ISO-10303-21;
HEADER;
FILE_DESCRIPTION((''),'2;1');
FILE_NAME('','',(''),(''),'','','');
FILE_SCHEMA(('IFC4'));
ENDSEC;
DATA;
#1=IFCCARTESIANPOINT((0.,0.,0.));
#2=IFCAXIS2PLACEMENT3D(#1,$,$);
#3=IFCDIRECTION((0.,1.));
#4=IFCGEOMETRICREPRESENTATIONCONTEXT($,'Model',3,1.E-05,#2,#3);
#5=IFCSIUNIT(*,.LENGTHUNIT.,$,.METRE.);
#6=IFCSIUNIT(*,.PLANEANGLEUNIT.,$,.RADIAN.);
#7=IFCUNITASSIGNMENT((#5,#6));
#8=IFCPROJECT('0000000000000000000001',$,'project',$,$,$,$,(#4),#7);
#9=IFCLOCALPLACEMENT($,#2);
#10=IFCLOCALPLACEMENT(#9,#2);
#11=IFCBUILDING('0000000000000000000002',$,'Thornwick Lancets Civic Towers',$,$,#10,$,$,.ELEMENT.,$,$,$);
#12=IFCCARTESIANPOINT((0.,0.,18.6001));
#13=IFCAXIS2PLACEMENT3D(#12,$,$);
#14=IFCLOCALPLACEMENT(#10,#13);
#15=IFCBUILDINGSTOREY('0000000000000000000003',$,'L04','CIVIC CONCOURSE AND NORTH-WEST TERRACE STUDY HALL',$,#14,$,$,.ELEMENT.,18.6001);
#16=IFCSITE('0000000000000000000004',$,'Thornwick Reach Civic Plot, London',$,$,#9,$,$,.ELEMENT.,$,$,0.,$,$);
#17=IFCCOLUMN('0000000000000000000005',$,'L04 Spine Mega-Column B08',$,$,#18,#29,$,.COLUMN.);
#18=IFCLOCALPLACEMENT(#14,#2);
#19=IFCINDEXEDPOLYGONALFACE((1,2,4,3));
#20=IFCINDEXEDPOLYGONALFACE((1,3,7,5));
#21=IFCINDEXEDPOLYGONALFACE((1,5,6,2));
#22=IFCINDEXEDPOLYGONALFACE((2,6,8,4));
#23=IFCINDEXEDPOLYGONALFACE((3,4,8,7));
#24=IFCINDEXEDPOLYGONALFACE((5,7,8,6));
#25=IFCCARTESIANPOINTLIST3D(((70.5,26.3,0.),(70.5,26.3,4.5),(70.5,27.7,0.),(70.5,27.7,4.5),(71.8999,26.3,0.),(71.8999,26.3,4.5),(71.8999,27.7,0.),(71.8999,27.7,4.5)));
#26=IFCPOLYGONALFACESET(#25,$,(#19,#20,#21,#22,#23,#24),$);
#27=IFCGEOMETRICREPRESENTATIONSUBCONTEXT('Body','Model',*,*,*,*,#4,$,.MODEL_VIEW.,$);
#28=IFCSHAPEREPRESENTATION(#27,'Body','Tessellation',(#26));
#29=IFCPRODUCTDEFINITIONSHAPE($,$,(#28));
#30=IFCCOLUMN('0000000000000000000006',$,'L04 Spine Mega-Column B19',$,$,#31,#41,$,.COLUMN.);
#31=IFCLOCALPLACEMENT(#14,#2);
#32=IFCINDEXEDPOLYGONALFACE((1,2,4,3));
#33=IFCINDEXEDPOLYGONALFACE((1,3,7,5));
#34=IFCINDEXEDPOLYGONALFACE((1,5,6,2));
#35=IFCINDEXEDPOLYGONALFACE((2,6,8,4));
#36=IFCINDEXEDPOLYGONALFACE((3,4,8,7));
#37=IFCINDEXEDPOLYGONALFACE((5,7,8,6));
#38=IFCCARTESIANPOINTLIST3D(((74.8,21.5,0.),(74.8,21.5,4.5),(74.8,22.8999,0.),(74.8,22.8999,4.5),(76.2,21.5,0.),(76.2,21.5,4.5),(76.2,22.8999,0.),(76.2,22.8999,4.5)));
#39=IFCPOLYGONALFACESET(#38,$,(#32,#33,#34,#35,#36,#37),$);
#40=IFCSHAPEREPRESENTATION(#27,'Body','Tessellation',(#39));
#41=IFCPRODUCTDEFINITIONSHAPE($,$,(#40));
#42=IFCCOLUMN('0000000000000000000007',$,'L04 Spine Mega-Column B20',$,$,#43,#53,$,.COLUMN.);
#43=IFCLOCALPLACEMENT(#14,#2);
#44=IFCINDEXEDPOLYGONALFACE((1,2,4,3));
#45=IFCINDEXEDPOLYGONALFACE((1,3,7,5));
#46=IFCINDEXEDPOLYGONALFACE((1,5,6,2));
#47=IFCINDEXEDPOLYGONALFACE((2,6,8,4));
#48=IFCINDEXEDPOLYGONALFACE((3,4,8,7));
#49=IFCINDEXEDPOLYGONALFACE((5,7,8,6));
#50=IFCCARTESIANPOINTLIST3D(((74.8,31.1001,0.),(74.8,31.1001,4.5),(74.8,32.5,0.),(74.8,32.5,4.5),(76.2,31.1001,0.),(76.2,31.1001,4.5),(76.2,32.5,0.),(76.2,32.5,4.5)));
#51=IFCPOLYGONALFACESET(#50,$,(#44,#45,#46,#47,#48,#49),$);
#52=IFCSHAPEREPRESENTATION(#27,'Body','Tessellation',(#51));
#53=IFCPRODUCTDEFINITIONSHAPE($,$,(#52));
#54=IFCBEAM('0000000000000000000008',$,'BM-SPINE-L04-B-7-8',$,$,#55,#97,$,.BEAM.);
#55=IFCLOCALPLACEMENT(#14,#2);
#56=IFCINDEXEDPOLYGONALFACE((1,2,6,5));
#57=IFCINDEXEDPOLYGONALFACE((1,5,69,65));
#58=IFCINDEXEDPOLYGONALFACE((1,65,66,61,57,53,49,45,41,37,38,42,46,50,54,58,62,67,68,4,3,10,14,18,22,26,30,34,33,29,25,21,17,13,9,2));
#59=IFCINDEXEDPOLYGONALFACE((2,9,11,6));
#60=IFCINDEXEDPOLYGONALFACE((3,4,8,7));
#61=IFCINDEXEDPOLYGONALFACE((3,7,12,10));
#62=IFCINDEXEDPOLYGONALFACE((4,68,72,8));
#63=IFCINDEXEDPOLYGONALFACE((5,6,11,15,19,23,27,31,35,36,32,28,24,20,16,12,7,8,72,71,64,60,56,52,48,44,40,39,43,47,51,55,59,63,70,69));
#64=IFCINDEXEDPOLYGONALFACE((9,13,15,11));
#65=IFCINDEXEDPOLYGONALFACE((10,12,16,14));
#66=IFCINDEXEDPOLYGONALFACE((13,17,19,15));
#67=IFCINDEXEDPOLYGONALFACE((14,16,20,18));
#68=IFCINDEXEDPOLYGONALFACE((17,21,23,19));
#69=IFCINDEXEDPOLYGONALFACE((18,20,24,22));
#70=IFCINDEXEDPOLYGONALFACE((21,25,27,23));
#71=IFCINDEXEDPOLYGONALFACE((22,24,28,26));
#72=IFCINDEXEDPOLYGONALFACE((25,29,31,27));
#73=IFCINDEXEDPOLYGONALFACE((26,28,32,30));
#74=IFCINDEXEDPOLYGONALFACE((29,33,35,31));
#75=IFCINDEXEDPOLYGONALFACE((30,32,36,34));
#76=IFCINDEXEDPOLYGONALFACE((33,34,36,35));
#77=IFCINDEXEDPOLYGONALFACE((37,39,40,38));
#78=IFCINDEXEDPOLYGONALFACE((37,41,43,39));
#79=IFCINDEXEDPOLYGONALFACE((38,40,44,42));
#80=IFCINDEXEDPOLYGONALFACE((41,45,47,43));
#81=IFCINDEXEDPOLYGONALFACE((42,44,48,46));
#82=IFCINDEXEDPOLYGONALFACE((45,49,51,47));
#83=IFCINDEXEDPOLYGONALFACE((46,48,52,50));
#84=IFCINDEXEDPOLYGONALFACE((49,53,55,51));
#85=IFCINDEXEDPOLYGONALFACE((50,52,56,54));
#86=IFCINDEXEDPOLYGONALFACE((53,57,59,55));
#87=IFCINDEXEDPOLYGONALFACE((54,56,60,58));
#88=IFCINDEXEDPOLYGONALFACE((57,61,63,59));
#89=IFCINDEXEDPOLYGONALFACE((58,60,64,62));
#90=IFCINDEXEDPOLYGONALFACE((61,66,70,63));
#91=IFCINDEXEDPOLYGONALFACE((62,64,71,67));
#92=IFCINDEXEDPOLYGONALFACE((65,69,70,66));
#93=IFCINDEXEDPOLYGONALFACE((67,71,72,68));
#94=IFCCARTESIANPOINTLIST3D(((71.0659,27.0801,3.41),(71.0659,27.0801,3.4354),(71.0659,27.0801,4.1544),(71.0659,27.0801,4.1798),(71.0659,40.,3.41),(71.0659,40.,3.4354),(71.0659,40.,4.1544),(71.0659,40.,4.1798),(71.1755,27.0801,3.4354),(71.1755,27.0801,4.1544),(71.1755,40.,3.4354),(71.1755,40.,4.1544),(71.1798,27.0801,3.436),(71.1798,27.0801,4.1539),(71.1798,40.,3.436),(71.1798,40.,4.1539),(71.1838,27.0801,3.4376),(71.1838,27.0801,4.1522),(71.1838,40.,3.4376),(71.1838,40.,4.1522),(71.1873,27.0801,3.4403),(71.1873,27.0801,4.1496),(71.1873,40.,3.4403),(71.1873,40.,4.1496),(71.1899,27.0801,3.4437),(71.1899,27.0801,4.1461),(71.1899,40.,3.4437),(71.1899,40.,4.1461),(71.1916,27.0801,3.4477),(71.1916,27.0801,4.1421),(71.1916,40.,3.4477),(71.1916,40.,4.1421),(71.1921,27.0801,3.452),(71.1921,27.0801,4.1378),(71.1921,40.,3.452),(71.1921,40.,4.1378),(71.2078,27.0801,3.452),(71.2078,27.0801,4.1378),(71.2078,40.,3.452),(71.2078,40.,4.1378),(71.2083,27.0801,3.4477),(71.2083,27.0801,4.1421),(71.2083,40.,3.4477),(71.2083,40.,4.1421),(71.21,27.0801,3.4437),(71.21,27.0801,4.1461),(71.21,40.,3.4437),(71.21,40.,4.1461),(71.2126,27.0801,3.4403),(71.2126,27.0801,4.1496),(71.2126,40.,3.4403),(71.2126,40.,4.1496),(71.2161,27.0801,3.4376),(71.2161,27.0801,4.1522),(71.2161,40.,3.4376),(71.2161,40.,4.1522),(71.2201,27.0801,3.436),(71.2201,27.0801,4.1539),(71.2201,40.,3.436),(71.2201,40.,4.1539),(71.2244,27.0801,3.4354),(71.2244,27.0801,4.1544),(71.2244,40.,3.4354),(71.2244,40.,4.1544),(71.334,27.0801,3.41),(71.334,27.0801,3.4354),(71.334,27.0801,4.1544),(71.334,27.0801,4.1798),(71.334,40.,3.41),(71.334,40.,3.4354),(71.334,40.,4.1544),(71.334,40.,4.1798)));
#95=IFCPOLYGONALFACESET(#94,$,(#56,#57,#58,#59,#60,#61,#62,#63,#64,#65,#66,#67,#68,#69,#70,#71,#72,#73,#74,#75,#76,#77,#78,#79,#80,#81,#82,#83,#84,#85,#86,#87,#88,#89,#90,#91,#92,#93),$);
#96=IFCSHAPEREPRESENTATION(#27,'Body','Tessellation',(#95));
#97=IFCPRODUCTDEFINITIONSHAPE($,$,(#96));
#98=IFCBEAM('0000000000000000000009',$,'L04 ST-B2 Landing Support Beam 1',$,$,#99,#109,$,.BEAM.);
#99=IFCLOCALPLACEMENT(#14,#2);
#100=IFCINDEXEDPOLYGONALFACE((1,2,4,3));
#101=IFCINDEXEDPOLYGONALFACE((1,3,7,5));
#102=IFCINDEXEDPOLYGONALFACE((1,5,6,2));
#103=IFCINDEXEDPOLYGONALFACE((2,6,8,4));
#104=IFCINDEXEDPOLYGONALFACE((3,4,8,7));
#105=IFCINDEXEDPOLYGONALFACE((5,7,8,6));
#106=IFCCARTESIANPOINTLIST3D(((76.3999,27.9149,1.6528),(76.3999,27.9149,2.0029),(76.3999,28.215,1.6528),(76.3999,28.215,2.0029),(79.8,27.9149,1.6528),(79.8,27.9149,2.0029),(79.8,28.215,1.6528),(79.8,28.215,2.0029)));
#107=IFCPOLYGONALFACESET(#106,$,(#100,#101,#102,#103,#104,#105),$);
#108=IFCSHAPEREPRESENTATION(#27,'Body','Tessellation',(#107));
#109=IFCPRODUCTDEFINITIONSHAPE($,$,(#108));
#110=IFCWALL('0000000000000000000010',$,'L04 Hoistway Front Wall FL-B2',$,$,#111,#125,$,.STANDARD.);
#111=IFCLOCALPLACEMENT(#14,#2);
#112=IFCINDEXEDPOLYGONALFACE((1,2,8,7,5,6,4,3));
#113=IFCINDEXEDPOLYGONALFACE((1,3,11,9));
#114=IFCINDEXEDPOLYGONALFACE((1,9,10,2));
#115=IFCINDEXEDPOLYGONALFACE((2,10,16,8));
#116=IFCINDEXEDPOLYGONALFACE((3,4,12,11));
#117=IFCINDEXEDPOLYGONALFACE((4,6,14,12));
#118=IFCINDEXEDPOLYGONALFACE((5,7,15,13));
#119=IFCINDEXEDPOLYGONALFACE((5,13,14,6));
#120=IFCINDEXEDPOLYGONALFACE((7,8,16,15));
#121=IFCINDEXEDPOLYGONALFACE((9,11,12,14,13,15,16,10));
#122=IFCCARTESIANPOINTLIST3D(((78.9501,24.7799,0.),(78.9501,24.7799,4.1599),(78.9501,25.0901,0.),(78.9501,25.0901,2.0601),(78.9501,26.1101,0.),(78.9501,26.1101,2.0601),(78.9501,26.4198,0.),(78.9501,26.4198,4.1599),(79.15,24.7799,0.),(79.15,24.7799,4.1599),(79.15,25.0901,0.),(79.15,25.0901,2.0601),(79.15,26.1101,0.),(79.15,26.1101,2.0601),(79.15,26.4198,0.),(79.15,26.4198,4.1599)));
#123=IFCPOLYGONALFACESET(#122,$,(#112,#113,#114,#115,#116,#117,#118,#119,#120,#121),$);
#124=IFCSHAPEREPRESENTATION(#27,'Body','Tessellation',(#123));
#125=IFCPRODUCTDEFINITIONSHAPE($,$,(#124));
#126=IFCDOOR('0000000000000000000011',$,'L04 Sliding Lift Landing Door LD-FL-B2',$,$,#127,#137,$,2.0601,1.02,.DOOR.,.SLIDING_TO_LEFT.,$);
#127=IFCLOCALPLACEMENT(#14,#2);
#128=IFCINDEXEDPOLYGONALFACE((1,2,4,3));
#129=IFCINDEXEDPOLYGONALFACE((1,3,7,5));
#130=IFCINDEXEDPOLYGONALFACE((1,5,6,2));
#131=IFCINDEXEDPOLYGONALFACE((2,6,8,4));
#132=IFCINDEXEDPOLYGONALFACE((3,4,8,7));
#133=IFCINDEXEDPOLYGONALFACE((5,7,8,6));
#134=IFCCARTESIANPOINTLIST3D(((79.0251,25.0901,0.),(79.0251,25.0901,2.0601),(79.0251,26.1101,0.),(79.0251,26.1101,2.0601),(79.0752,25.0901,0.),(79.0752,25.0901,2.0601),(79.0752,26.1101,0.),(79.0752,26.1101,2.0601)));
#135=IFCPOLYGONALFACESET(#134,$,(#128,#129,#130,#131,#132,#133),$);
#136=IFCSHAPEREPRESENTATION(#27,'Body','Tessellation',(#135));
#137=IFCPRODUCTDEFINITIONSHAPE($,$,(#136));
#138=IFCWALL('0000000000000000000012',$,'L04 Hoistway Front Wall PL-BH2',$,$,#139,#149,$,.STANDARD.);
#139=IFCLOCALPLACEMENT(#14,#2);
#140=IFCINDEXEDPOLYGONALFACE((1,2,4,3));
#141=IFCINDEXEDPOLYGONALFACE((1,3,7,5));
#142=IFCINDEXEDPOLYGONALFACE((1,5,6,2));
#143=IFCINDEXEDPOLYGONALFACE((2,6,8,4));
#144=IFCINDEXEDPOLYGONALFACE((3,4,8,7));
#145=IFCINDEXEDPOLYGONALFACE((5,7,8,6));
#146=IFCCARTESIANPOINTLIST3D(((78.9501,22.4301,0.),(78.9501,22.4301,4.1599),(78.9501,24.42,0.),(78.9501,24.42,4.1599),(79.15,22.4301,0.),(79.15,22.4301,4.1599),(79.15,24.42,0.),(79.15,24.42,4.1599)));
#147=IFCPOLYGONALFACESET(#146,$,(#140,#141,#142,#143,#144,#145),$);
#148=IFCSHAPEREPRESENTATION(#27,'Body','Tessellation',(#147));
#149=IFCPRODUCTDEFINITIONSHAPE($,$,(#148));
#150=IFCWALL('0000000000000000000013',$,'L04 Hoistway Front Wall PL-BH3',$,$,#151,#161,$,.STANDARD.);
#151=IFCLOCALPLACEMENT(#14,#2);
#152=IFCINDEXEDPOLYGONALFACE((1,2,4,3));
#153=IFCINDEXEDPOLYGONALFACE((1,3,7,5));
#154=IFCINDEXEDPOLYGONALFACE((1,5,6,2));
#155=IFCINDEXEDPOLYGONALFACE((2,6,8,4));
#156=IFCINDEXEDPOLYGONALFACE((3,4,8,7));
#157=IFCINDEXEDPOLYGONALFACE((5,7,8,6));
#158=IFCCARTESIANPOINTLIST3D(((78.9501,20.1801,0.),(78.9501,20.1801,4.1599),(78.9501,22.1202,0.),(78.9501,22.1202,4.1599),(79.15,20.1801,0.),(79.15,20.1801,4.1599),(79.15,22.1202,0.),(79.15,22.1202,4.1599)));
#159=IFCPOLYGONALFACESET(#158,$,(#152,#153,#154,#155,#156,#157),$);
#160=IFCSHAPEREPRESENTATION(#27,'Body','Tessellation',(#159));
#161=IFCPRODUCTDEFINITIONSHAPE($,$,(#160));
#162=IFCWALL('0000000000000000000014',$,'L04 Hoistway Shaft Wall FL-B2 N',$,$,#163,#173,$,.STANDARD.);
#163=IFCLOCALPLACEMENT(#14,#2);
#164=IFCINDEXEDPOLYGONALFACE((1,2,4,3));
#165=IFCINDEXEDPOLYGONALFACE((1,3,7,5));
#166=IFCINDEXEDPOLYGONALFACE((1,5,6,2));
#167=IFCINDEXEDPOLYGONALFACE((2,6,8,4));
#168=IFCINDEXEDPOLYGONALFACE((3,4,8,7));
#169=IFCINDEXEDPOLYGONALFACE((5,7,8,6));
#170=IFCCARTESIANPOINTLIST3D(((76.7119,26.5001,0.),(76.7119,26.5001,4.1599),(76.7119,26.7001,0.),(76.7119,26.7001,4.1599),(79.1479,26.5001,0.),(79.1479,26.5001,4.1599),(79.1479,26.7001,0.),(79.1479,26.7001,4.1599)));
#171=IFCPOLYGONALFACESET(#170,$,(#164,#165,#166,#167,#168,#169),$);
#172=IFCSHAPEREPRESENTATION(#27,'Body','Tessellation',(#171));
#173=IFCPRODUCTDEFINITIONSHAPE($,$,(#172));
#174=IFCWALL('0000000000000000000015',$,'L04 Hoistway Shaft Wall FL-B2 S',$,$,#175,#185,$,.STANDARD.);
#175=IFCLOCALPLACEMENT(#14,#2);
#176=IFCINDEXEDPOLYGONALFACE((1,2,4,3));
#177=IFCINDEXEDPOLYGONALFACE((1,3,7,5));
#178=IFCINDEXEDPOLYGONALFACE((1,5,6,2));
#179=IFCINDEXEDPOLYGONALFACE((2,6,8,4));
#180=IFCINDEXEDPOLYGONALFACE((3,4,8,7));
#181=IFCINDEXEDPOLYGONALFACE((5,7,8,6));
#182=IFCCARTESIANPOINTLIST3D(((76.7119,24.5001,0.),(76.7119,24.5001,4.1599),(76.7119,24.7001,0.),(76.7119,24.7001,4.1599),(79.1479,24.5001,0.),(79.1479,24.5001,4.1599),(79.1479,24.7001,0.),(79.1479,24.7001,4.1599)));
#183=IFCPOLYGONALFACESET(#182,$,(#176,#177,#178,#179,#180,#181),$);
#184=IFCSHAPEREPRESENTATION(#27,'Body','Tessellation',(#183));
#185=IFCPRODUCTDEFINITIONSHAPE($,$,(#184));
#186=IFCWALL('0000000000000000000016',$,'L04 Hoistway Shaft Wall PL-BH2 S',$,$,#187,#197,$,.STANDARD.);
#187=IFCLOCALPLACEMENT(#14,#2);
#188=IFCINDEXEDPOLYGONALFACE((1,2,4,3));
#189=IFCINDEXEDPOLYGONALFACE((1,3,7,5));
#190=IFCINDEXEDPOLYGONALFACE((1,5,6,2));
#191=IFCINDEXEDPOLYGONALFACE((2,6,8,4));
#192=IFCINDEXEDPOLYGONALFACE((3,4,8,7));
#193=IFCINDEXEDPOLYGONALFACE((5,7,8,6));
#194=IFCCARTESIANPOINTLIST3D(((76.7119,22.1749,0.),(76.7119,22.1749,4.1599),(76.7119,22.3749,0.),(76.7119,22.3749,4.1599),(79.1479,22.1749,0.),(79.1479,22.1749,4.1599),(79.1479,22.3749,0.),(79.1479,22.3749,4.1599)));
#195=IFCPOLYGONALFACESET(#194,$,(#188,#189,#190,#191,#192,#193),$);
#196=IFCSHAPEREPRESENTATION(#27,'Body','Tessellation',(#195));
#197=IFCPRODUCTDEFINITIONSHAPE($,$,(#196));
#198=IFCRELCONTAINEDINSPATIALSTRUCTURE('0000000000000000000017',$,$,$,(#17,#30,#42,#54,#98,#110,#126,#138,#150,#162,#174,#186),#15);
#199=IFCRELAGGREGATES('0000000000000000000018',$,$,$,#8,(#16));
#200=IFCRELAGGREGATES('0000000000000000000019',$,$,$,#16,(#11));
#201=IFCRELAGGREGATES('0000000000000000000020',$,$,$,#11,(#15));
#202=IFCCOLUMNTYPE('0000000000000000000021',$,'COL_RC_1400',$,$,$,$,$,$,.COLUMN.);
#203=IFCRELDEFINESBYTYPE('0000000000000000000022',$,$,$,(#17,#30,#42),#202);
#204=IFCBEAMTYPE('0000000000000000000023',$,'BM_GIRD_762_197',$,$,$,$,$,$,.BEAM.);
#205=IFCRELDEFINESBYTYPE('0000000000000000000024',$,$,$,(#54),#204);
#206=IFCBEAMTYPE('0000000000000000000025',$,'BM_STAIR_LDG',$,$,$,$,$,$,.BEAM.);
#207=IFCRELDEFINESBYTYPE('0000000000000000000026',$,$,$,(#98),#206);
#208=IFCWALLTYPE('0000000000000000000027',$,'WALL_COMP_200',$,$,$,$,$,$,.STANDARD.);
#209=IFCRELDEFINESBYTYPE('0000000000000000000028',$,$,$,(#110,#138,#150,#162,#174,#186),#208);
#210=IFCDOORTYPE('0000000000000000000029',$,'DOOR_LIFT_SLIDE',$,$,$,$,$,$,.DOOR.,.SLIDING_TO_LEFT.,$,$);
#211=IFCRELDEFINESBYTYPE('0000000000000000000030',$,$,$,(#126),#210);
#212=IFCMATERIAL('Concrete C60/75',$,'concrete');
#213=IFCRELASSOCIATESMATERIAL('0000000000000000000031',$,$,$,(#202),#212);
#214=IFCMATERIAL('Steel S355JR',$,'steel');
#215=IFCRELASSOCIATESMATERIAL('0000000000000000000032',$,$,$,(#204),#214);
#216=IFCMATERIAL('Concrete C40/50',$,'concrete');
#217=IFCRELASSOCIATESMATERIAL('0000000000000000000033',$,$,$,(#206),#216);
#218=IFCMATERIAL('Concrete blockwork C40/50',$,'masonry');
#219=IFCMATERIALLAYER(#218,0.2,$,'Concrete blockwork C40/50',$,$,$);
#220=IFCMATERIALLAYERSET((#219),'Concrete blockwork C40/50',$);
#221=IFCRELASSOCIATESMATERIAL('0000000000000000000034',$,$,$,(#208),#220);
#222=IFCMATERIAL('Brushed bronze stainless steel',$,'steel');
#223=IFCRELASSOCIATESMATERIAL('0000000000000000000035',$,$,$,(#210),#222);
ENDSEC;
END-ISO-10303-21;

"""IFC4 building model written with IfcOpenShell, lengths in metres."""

from ifc_helpers import new_model, si_unit, direction, frame, frame_2d, origin, origin_2d, place, context, subcontext, project, spatial, rectangle, i_section, extrude, material, layer, layer_set, material_profile, profile_set, type_object, element, fill, save


model = new_model("IFC4")

# Units and contexts
model_context = context("Model", 3, precision=1e-05, world=origin(), true_north=direction((0.0, 1.0)))
body_context = subcontext(model_context, "Body", "Model", "MODEL_VIEW")
ifc_project = project(units=[si_unit("LENGTHUNIT", "METRE"), si_unit("PLANEANGLEUNIT", "RADIAN")], contexts=[model_context])

# Site, building, storey
site_placement = place(None, origin())
site = spatial("IfcSite", under=ifc_project, at=site_placement, Name="Thornwick Reach Civic Plot, London", CompositionType="ELEMENT", RefElevation=0.0)
building_placement = place(site_placement, origin())
building = spatial("IfcBuilding", under=site, at=building_placement, Name="Thornwick Lancets Civic Towers", CompositionType="ELEMENT")
storey_placement = place(building_placement, frame((0.0, 0.0, 18.6001)))
storey = spatial("IfcBuildingStorey", under=building, at=storey_placement, Name="L04", Description="CIVIC CONCOURSE AND NORTH-WEST TERRACE STUDY HALL", CompositionType="ELEMENT", Elevation=18.6001)

# Columns
ifc_material_1 = material(Name="Concrete C60/75", Category="concrete")
ifc_material_profile_1 = material_profile(ifc_material_1, rectangle(XDim=1.3999, YDim=1.3999, at=origin_2d()), Name="RC 1400x1400")
ifc_profile_set_1 = profile_set([ifc_material_profile_1], Name="Concrete C60/75")
column_type = type_object("IfcColumnType", Name="COL_RC_1400", PredefinedType="COLUMN", material=ifc_profile_set_1)
for number, where, z_axis, x_axis, name in (
    (1, (71.2, 27.0, 0.0), (0.0, 0.0, 1.0), (1.0, 0.0, 0.0), "L04 Spine Mega-Column B08"),
    (2, (75.5, 22.2, 0.0), (0.0, 0.0, 1.0), (1.0, 0.0, 0.0), "L04 Spine Mega-Column B19"),
    (3, (75.5, 31.8, 0.0), (0.0, 0.0, 1.0), (1.0, 0.0, 0.0), "L04 Spine Mega-Column B20"),
):
    element("IfcColumn", number, at=place(storey_placement, frame(where, z_axis=z_axis, x_axis=x_axis)), inside=storey, type_object=column_type, Name=name, PredefinedType="COLUMN", context=body_context, shape_type="SweptSolid", body=[
        extrude(rectangle(XDim=1.3999, YDim=1.3999, at=origin_2d()), origin(), (0.0, 0.0, 1.0), 4.5),
    ])

# Beams
ifc_material_2 = material(Name="Steel S355JR", Category="steel")
ifc_material_profile_2 = material_profile(ifc_material_2, i_section(OverallWidth=0.2681, OverallDepth=0.7698, WebThickness=0.0156, FlangeThickness=0.0254, FilletRadius=0.0166, at=origin_2d()), Name="UKB 762x267x197")
ifc_profile_set_2 = profile_set([ifc_material_profile_2], Name="Steel S355JR")
beam_type_1 = type_object("IfcBeamType", Name="BM_GIRD_762_197", PredefinedType="BEAM", material=ifc_profile_set_2)
beam_1_placement = place(storey_placement, frame((71.2, 27.0801, 3.7949), z_axis=(0.0, 1.0, 0.0), x_axis=(-1.0, 0.0, 0.0)))
element("IfcBeam", 4, at=beam_1_placement, inside=storey, type_object=beam_type_1, Name="BM-SPINE-L04-B-7-8", PredefinedType="BEAM", context=body_context, shape_type="SweptSolid", body=[
    extrude(i_section(OverallWidth=0.2681, OverallDepth=0.7698, WebThickness=0.0156, FlangeThickness=0.0254, FilletRadius=0.0166, at=origin_2d()), origin(), (0.0, 0.0, 1.0), 12.9199),
])
ifc_material_3 = material(Name="Concrete C40/50", Category="concrete")
ifc_material_profile_3 = material_profile(ifc_material_3, rectangle(XDim=0.3, YDim=0.3501, at=origin_2d()), Name="RC 300x350")
ifc_profile_set_3 = profile_set([ifc_material_profile_3], Name="Concrete C40/50")
beam_type_2 = type_object("IfcBeamType", Name="BM_STAIR_LDG", PredefinedType="BEAM", material=ifc_profile_set_3)
beam_2_placement = place(storey_placement, frame((76.3999, 28.0649, 1.8279), z_axis=(1.0, 0.0, 0.0), x_axis=(0.0, 1.0, 0.0)))
element("IfcBeam", 5, at=beam_2_placement, inside=storey, type_object=beam_type_2, Name="L04 ST-B2 Landing Support Beam 1", PredefinedType="BEAM", context=body_context, shape_type="SweptSolid", body=[
    extrude(rectangle(XDim=0.3, YDim=0.3501, at=origin_2d()), origin(), (0.0, 0.0, 1.0), 3.4001),
])

# Wall, opening, door
ifc_material_4 = material(Name="Concrete blockwork C40/50", Category="masonry")
ifc_layer_1 = layer(ifc_material_4, 0.2, Name="Concrete blockwork C40/50")
ifc_layer_set_1 = layer_set([ifc_layer_1], Name="Concrete blockwork C40/50")
wall_type_1 = type_object("IfcWallType", Name="WALL_COMP_200", PredefinedType="STANDARD", material=ifc_layer_set_1)
wall_1_placement = place(storey_placement, frame((79.05, 24.78, 0.0), z_axis=(0.0, 0.0, 1.0), x_axis=(0.0, 1.0, 0.0)))
wall_1 = element("IfcWall", 6, at=wall_1_placement, inside=storey, type_object=wall_type_1, Name="L04 Hoistway Front Wall FL-B2", PredefinedType="STANDARD", context=body_context, shape_type="SweptSolid", body=[
    extrude(rectangle(XDim=1.6399, YDim=0.2, at=frame_2d((0.8198, 0.0))), origin(), (0.0, 0.0, 1.0), 4.1599),
])
opening_1_placement = place(wall_1_placement, frame((0.3101, 0.0, 0.0)))
opening_1 = element("IfcOpeningElement", 7, at=opening_1_placement, cuts=wall_1, PredefinedType="OPENING", context=body_context, shape_type="SweptSolid", body=[
    extrude(rectangle(XDim=1.02, YDim=2.0601, at=frame_2d((0.51, 1.03))), frame((0.0, 0.1099, 0.0), z_axis=(0.0, -1.0, 0.0), x_axis=(1.0, 0.0, 0.0)), (0.0, 0.0, 1.0), 0.22),
])
ifc_material_5 = material(Name="Brushed bronze stainless steel", Category="steel")
door_type_1 = type_object("IfcDoorType", Name="DOOR_LIFT_SLIDE", OperationType="SLIDING_TO_LEFT", PredefinedType="DOOR", material=ifc_material_5)
door_1_placement = place(opening_1_placement, origin())
door_1 = element("IfcDoor", 8, at=door_1_placement, inside=storey, type_object=door_type_1, Name="L04 Sliding Lift Landing Door LD-FL-B2", OperationType="SLIDING_TO_LEFT", OverallHeight=2.0601, OverallWidth=1.02, PredefinedType="DOOR", context=body_context, shape_type="SweptSolid", body=[
    extrude(rectangle(XDim=1.02, YDim=2.0601, at=frame_2d((0.51, 1.03))), frame((0.0, 0.0249, 0.0), z_axis=(0.0, -1.0, 0.0), x_axis=(1.0, 0.0, 0.0)), (0.0, 0.0, 1.0), 0.05),
])
fill(opening_1, door_1)

# Walls
wall_2_placement = place(storey_placement, frame((79.05, 22.4299, 0.0), z_axis=(0.0, 0.0, 1.0), x_axis=(0.0, 1.0, 0.0)))
element("IfcWall", 9, at=wall_2_placement, inside=storey, type_object=wall_type_1, Name="L04 Hoistway Front Wall PL-BH2", PredefinedType="STANDARD", context=body_context, shape_type="SweptSolid", body=[
    extrude(rectangle(XDim=1.99, YDim=0.2, at=frame_2d((0.9951, 0.0))), origin(), (0.0, 0.0, 1.0), 4.1599),
])
wall_3_placement = place(storey_placement, frame((79.05, 20.1799, 0.0), z_axis=(0.0, 0.0, 1.0), x_axis=(0.0, 1.0, 0.0)))
element("IfcWall", 10, at=wall_3_placement, inside=storey, type_object=wall_type_1, Name="L04 Hoistway Front Wall PL-BH3", PredefinedType="STANDARD", context=body_context, shape_type="SweptSolid", body=[
    extrude(rectangle(XDim=1.9402, YDim=0.2, at=frame_2d((0.9702, 0.0))), origin(), (0.0, 0.0, 1.0), 4.1599),
])
for number, where, z_axis, x_axis, name in (
    (11, (76.7119, 26.6001, 0.0), (0.0, 0.0, 1.0), (1.0, 0.0, 0.0), "L04 Hoistway Shaft Wall FL-B2 N"),
    (12, (76.7119, 24.6001, 0.0), (0.0, 0.0, 1.0), (1.0, 0.0, 0.0), "L04 Hoistway Shaft Wall FL-B2 S"),
    (13, (76.7119, 22.2749, 0.0), (0.0, 0.0, 1.0), (1.0, 0.0, 0.0), "L04 Hoistway Shaft Wall PL-BH2 S"),
):
    element("IfcWall", number, at=place(storey_placement, frame(where, z_axis=z_axis, x_axis=x_axis)), inside=storey, type_object=wall_type_1, Name=name, PredefinedType="STANDARD", context=body_context, shape_type="SweptSolid", body=[
        extrude(rectangle(XDim=2.436, YDim=0.2, at=frame_2d((1.218, 0.0))), origin(), (0.0, 0.0, 1.0), 4.1599),
    ])

save(model, "model.ifc")
